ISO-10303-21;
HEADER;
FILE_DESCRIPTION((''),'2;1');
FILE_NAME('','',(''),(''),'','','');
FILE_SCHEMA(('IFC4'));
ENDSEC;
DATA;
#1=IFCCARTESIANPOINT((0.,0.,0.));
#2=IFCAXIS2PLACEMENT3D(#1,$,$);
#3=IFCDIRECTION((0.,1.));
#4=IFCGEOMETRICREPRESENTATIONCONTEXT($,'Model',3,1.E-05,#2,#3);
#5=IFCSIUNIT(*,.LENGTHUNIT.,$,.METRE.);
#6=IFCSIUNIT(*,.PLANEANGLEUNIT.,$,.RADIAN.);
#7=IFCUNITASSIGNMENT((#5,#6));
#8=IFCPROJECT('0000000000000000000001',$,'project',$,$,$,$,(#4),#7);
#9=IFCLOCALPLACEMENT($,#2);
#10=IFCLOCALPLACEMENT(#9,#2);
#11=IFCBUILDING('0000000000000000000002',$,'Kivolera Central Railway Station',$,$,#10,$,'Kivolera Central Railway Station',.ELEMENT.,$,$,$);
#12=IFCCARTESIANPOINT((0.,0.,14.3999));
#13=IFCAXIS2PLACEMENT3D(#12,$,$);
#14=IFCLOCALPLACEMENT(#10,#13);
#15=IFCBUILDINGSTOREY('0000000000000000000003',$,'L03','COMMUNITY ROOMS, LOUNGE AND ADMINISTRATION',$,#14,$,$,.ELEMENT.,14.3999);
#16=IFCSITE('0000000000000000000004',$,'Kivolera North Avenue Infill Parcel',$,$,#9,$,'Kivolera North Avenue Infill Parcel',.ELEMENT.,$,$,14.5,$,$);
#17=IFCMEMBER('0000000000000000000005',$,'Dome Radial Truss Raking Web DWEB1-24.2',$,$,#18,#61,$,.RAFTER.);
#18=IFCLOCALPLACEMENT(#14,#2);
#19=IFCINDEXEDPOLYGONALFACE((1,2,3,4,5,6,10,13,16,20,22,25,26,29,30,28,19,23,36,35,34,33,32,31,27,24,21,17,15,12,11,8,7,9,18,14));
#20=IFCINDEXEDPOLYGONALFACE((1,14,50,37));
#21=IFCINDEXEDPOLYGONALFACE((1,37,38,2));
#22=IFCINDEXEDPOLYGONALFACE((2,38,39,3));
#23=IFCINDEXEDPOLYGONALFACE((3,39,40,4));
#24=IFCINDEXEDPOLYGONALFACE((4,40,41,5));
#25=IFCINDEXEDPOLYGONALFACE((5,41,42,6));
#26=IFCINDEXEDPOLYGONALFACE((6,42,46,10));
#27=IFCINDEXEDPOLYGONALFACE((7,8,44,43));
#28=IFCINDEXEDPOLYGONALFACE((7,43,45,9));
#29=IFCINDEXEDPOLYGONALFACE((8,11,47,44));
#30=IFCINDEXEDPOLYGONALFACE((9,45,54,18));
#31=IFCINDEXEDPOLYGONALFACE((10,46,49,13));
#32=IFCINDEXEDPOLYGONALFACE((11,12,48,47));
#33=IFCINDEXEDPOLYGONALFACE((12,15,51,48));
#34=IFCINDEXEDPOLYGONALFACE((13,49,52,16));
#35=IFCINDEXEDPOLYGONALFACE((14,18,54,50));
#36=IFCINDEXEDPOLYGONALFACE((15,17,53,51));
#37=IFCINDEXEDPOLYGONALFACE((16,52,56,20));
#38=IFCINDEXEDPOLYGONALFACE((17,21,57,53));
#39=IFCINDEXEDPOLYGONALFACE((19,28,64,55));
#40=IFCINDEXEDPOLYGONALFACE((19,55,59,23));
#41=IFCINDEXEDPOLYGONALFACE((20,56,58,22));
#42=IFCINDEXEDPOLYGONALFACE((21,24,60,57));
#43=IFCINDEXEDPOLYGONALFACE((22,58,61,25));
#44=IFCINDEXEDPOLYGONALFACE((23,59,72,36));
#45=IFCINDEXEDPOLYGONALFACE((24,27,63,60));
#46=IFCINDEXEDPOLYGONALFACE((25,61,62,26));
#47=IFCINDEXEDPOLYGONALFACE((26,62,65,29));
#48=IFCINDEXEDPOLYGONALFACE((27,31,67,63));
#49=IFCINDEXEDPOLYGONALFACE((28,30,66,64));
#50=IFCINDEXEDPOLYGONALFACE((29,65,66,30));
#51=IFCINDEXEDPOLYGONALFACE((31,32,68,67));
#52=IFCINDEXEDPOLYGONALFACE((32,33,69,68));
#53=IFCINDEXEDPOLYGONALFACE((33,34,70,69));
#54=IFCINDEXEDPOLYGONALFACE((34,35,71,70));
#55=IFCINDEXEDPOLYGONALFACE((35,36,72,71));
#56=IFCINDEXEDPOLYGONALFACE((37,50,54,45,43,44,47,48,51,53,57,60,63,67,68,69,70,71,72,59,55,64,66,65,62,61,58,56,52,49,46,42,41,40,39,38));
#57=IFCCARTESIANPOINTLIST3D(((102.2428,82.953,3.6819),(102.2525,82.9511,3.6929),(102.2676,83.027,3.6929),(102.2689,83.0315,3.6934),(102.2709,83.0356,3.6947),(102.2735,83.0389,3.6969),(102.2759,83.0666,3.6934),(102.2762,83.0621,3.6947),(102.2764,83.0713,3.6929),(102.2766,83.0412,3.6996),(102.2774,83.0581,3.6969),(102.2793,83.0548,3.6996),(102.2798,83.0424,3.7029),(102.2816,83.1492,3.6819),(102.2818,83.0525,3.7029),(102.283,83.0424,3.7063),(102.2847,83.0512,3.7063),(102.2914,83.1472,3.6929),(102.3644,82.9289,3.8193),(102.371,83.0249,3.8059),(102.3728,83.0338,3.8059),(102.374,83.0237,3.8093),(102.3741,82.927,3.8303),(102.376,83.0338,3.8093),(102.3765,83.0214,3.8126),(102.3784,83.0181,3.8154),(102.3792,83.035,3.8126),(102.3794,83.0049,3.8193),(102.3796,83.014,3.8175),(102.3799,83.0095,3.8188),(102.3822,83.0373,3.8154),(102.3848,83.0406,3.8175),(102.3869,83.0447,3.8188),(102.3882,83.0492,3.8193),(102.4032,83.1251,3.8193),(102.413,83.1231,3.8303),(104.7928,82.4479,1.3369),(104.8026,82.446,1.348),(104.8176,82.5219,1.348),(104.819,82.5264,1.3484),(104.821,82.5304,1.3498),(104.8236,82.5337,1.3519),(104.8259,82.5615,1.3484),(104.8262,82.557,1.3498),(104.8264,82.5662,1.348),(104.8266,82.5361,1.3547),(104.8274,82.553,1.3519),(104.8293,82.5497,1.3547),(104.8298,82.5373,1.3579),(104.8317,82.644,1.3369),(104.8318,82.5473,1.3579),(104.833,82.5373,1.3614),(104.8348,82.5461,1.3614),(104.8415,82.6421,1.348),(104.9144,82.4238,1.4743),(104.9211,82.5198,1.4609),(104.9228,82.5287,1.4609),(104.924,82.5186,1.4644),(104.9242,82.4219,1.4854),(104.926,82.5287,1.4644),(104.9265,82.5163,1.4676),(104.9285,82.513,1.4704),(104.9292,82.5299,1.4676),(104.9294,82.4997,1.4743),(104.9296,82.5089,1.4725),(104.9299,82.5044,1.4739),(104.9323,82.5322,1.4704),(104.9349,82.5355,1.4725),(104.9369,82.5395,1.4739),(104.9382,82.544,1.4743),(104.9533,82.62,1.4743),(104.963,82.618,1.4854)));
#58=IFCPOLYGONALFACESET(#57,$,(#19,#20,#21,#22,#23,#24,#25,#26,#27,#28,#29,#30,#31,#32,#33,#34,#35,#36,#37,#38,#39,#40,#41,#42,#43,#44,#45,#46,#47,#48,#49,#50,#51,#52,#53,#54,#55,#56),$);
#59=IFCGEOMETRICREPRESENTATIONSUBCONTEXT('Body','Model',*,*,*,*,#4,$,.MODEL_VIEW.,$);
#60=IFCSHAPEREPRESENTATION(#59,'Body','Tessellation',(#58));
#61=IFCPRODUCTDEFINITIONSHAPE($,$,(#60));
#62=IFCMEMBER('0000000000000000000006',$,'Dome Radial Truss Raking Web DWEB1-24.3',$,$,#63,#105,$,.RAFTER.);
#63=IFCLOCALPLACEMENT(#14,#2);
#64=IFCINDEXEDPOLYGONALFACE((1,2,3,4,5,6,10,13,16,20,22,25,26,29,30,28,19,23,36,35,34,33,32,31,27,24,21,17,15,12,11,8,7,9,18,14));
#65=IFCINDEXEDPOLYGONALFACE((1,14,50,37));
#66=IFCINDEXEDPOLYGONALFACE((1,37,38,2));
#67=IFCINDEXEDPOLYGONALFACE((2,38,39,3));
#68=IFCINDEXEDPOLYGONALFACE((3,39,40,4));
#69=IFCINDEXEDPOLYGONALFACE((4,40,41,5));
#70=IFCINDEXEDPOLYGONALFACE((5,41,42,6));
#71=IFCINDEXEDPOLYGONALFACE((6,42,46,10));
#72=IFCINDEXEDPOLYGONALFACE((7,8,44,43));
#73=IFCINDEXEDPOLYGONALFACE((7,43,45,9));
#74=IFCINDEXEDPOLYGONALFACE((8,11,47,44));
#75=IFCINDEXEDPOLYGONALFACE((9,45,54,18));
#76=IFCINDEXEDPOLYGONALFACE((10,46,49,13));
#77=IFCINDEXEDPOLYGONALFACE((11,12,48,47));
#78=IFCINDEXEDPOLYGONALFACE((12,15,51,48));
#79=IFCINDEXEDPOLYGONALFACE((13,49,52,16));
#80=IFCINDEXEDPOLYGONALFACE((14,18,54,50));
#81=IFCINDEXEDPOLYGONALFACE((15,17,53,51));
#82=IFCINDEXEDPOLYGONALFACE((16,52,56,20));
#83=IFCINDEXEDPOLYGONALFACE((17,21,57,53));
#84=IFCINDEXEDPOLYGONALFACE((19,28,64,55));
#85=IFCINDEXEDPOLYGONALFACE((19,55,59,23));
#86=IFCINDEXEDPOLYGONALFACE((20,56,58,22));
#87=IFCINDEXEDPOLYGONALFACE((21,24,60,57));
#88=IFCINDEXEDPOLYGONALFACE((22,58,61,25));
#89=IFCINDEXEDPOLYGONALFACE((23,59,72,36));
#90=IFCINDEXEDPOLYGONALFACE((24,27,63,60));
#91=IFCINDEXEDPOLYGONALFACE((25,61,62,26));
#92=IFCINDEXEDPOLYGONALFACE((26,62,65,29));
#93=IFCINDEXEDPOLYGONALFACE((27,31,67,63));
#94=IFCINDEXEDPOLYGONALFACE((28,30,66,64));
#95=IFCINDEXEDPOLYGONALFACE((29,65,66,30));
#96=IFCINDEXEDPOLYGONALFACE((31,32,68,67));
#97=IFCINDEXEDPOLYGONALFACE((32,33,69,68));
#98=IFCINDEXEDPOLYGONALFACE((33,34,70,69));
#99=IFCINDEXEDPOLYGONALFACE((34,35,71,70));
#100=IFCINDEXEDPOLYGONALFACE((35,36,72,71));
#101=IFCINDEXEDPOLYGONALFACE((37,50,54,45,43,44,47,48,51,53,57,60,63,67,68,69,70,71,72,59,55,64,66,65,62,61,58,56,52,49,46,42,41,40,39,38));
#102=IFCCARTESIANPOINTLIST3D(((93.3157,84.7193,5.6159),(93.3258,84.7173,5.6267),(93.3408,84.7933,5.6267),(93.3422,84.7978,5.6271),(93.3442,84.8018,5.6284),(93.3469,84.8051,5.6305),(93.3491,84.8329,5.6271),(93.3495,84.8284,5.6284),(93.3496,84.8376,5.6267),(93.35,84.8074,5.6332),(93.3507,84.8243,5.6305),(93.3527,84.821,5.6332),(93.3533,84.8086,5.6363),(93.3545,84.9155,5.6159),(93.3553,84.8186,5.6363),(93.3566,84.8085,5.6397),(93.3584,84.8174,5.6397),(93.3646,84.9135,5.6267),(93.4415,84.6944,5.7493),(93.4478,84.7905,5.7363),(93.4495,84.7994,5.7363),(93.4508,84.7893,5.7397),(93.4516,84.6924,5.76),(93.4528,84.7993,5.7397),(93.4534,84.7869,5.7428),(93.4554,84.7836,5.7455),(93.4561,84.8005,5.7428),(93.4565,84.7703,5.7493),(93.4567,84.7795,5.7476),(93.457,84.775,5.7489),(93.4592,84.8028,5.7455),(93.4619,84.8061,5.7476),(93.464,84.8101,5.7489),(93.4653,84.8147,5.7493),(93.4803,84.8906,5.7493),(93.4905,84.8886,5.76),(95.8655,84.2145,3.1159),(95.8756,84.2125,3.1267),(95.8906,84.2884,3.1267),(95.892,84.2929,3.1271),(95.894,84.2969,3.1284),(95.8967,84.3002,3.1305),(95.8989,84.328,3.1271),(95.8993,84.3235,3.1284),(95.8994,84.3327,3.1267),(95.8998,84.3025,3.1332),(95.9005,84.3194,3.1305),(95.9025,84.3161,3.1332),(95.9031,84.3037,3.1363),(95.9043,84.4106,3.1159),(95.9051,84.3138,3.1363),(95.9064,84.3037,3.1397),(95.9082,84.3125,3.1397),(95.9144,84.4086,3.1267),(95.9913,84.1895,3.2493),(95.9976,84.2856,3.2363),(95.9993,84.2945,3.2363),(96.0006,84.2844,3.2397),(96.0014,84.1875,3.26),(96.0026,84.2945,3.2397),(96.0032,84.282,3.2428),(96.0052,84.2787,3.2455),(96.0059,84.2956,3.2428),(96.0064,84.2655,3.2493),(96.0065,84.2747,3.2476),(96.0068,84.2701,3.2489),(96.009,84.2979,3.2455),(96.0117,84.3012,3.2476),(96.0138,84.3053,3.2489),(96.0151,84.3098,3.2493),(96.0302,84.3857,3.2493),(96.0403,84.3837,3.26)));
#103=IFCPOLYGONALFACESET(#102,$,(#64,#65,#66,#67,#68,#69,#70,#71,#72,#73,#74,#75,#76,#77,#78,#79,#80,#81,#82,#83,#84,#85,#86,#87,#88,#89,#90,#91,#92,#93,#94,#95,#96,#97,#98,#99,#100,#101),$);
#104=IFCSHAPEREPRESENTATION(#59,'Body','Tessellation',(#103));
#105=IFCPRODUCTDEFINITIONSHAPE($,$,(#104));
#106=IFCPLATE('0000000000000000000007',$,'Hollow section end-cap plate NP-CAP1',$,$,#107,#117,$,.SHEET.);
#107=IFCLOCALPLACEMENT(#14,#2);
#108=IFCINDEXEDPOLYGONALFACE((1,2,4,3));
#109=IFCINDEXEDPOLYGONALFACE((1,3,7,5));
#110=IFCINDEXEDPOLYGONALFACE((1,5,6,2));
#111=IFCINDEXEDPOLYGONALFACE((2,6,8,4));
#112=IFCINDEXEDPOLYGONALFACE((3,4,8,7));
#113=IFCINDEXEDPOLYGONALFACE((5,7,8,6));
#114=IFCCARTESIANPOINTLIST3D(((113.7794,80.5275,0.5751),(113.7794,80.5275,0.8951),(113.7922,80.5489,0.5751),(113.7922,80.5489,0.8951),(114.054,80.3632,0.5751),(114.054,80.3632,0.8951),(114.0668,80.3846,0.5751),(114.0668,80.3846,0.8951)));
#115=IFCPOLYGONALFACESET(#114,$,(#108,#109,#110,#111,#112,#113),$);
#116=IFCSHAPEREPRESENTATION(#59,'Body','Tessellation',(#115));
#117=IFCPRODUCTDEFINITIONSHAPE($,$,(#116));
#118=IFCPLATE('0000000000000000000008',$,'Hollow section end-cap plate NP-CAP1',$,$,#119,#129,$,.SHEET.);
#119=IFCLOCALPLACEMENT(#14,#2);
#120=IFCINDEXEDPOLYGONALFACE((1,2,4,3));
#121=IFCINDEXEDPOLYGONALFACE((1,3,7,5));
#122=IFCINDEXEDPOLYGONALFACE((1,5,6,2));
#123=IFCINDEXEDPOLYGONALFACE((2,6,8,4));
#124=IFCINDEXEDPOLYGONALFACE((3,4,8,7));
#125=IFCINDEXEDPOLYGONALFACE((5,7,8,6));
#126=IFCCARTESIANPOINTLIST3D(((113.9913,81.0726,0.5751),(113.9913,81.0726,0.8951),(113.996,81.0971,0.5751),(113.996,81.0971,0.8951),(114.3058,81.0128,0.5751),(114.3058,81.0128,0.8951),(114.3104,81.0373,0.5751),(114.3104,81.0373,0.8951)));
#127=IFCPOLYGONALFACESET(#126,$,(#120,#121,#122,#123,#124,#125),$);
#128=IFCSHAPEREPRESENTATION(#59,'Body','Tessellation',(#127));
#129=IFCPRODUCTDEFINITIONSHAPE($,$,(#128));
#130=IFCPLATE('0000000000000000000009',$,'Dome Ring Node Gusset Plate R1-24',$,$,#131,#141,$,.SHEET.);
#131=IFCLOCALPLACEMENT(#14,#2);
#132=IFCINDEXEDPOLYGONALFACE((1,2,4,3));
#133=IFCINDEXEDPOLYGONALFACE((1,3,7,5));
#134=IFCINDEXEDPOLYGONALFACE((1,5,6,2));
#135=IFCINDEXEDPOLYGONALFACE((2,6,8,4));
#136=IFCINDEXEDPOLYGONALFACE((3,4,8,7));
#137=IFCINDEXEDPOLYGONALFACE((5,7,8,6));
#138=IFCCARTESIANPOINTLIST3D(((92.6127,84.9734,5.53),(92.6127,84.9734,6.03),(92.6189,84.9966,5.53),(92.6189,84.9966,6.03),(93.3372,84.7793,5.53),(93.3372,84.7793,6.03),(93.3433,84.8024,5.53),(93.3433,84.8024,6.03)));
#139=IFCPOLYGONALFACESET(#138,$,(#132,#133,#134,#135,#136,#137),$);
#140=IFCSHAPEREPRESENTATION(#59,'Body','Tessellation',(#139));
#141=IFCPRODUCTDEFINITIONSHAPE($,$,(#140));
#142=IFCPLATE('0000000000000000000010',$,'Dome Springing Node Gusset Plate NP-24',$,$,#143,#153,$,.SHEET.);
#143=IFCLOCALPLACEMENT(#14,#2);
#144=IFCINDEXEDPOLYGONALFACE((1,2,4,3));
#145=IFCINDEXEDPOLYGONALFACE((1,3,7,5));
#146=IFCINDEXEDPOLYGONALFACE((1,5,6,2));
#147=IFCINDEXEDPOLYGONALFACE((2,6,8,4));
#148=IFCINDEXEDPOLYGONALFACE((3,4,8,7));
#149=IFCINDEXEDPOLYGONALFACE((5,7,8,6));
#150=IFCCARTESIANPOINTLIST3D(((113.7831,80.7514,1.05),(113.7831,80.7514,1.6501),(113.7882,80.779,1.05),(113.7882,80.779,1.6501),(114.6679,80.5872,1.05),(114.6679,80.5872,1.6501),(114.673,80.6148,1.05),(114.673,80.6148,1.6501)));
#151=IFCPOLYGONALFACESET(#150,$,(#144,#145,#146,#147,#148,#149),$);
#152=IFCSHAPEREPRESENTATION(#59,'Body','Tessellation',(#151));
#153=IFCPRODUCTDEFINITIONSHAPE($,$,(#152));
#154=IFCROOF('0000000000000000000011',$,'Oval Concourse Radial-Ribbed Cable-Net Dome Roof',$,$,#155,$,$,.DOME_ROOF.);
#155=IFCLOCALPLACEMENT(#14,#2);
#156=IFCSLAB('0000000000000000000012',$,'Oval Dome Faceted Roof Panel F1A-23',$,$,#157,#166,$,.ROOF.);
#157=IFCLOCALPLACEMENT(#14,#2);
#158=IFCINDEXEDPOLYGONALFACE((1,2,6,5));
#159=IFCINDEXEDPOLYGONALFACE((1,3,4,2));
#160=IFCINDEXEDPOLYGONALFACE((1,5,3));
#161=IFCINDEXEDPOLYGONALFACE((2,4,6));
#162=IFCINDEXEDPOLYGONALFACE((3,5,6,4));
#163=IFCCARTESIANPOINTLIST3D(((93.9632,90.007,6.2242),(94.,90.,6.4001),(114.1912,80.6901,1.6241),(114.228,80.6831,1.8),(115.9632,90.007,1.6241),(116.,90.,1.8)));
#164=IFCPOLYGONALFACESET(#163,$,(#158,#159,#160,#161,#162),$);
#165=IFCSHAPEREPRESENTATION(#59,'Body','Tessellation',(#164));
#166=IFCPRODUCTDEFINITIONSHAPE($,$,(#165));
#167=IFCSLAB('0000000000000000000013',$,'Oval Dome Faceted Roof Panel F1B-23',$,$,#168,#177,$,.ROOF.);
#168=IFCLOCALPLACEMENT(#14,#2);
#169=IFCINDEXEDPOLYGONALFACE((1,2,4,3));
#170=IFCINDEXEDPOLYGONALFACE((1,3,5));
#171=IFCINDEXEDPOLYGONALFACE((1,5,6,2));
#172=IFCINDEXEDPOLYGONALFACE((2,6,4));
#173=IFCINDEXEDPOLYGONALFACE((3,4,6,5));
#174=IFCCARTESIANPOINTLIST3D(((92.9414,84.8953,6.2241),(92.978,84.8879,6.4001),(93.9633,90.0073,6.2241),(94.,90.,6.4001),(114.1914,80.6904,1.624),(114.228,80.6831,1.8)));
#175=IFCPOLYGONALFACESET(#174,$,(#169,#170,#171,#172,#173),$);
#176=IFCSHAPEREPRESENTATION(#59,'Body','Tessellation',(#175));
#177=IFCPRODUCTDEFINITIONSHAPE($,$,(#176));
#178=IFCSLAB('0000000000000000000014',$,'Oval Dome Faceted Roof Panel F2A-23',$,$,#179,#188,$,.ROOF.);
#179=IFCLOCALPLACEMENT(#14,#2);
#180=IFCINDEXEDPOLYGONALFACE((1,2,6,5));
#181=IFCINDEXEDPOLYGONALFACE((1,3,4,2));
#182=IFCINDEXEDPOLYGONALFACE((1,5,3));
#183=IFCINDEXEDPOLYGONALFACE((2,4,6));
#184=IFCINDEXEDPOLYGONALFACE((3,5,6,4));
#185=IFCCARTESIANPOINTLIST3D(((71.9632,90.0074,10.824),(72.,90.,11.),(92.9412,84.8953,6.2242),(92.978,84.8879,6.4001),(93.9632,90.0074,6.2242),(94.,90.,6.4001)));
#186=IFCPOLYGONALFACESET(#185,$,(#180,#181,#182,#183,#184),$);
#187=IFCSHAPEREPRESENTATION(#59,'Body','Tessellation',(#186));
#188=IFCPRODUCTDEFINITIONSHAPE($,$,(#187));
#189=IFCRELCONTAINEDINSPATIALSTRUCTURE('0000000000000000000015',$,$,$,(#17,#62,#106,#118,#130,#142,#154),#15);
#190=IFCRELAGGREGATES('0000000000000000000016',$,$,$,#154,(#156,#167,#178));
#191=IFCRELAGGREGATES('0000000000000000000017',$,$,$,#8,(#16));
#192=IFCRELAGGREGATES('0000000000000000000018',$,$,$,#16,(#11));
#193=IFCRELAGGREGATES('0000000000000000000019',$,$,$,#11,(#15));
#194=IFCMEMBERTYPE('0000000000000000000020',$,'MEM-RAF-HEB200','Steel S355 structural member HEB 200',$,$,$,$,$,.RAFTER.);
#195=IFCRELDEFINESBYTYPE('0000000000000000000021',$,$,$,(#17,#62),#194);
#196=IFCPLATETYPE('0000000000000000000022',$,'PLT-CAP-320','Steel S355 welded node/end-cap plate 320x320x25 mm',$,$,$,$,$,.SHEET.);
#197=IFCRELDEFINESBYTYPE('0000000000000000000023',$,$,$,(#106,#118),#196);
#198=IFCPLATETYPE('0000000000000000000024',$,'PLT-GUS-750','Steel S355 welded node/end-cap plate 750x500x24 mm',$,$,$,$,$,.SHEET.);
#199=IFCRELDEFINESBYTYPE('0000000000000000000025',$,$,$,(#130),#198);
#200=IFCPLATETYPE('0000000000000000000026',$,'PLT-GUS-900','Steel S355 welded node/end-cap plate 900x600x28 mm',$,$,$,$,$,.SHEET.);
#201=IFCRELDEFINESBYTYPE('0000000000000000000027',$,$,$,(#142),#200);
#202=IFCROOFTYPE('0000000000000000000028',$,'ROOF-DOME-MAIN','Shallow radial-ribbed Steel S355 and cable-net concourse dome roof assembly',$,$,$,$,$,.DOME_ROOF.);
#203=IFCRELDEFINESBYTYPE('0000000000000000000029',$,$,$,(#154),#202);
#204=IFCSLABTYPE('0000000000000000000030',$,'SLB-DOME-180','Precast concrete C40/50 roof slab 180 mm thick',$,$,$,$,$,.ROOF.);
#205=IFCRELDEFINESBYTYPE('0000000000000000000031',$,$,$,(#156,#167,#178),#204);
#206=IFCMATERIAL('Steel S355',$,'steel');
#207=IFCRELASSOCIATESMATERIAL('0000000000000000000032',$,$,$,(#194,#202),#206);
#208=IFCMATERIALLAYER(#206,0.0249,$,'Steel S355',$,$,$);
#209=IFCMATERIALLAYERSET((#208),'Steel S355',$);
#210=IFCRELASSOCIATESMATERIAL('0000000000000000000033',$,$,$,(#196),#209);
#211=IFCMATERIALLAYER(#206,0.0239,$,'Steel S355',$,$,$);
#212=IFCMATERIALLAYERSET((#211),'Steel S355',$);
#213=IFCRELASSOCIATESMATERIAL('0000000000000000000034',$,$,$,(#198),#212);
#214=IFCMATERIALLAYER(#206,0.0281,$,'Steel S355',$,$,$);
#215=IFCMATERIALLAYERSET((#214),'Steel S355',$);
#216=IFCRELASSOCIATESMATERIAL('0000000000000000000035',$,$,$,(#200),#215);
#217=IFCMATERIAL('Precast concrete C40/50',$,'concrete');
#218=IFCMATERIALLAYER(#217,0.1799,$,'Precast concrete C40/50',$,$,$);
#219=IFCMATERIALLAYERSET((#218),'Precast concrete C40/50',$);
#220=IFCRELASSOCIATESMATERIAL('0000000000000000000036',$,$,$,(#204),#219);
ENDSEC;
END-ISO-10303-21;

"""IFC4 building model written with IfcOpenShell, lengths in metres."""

from ifc_helpers import new_model, si_unit, direction, frame, origin, origin_2d, place, context, subcontext, project, spatial, polyline, rectangle, i_section, outline, extrude, material, layer, layer_set, material_profile, profile_set, type_object, element, aggregate, save


model = new_model("IFC4")

# Units and contexts
model_context = context("Model", 3, precision=1e-05, world=origin(), true_north=direction((0.0, 1.0)))
body_context = subcontext(model_context, "Body", "Model", "MODEL_VIEW")
ifc_project = project(units=[si_unit("LENGTHUNIT", "METRE"), si_unit("PLANEANGLEUNIT", "RADIAN")], contexts=[model_context])

# Site, building, storey
site_placement = place(None, origin())
site = spatial("IfcSite", under=ifc_project, at=site_placement, Name="Kivolera North Avenue Infill Parcel", LongName="Kivolera North Avenue Infill Parcel", CompositionType="ELEMENT", RefElevation=14.5)
building_placement = place(site_placement, origin())
building = spatial("IfcBuilding", under=site, at=building_placement, Name="Kivolera Central Railway Station", LongName="Kivolera Central Railway Station", CompositionType="ELEMENT")
storey_placement = place(building_placement, frame((0.0, 0.0, 14.3999)))
storey = spatial("IfcBuildingStorey", under=building, at=storey_placement, Name="L03", Description="COMMUNITY ROOMS, LOUNGE AND ADMINISTRATION", CompositionType="ELEMENT", Elevation=14.3999)

# Shared definitions
ifc_material_1 = material(Name="Steel S355", Category="steel")

# Members
ifc_material_profile_1 = material_profile(ifc_material_1, i_section(OverallWidth=0.2, OverallDepth=0.2, WebThickness=0.009, FlangeThickness=0.0149, FilletRadius=0.0181, at=origin_2d()), Name="HEB 200")
ifc_profile_set_1 = profile_set([ifc_material_profile_1], Name="Steel S355")
member_type_1 = type_object("IfcMemberType", Name="MEM-RAF-HEB200", Description="Steel S355 structural member HEB 200", PredefinedType="RAFTER", material=ifc_profile_set_1)
member_1_placement = place(storey_placement, frame((104.8779, 82.533, 1.4111), z_axis=(-0.728384, 0.144282, 0.669806), x_axis=(-0.19431, -0.98094, 0.0)))
element("IfcMember", 1, at=member_1_placement, inside=storey, type_object=member_type_1, Name="Dome Radial Truss Raking Web DWEB1-24.2", PredefinedType="RAFTER", context=body_context, shape_type="SweptSolid", body=[
    extrude(i_section(OverallWidth=0.2, OverallDepth=0.2, WebThickness=0.009, FlangeThickness=0.0149, FilletRadius=0.0181, at=origin_2d()), origin(), (0.0, 0.0, 1.0), 3.501),
])
member_2_placement = place(storey_placement, frame((95.9529, 84.2991, 3.188), z_axis=(-0.707014, 0.139995, 0.693204), x_axis=(-0.194237, -0.980955, 0.0)))
element("IfcMember", 2, at=member_2_placement, inside=storey, type_object=member_type_1, Name="Dome Radial Truss Raking Web DWEB1-24.3", PredefinedType="RAFTER", context=body_context, shape_type="SweptSolid", body=[
    extrude(i_section(OverallWidth=0.2, OverallDepth=0.2, WebThickness=0.009, FlangeThickness=0.0149, FilletRadius=0.0181, at=origin_2d()), origin(), (0.0, 0.0, 1.0), 3.6064),
])

# Plates
ifc_layer_1 = layer(ifc_material_1, 0.0249, Name="Steel S355")
ifc_layer_set_1 = layer_set([ifc_layer_1], Name="Steel S355")
plate_type_1 = type_object("IfcPlateType", Name="PLT-CAP-320", Description="Steel S355 welded node/end-cap plate 320x320x25 mm", PredefinedType="SHEET", material=ifc_layer_set_1)
for number, where, z_axis, x_axis, name in (
    (3, (113.9231, 80.4561, 0.7351), (0.51337, 0.858167, 0.0), (-0.858167, 0.51337, 0.0), "Hollow section end-cap plate NP-CAP1"),
    (4, (114.1509, 81.0549, 0.7351), (0.186814, 0.982395, 0.0), (-0.982395, 0.186814, 0.0), "Hollow section end-cap plate NP-CAP1"),
):
    element("IfcPlate", number, at=place(storey_placement, frame(where, z_axis=z_axis, x_axis=x_axis)), inside=storey, type_object=plate_type_1, Name=name, PredefinedType="SHEET", context=body_context, shape_type="SweptSolid", body=[
        extrude(rectangle(XDim=0.3201, YDim=0.3201, at=origin_2d()), frame((0.0, 0.0, -0.0125)), (0.0, 0.0, 1.0), 0.0249),
    ])
ifc_layer_2 = layer(ifc_material_1, 0.0239, Name="Steel S355")
ifc_layer_set_2 = layer_set([ifc_layer_2], Name="Steel S355")
plate_type_2 = type_object("IfcPlateType", Name="PLT-GUS-750", Description="Steel S355 welded node/end-cap plate 750x500x24 mm", PredefinedType="SHEET", material=ifc_layer_set_2)
plate_1_placement = place(storey_placement, frame((92.978, 84.8879, 5.53), z_axis=(0.0, 0.0, 1.0), x_axis=(0.965926, -0.258819, 0.0)))
element("IfcPlate", 5, at=plate_1_placement, inside=storey, type_object=plate_type_2, Name="Dome Ring Node Gusset Plate R1-24", PredefinedType="SHEET", context=body_context, shape_type="SweptSolid", body=[
    extrude(rectangle(XDim=0.75, YDim=0.0239, at=origin_2d()), origin(), (0.0, 0.0, 1.0), 0.5),
])
ifc_layer_3 = layer(ifc_material_1, 0.0281, Name="Steel S355")
ifc_layer_set_3 = layer_set([ifc_layer_3], Name="Steel S355")
plate_type_3 = type_object("IfcPlateType", Name="PLT-GUS-900", Description="Steel S355 welded node/end-cap plate 900x600x28 mm", PredefinedType="SHEET", material=ifc_layer_set_3)
plate_2_placement = place(storey_placement, frame((114.228, 80.6831, 1.05), z_axis=(0.0, 0.0, 1.0), x_axis=(0.983226, -0.18239, 0.0)))
element("IfcPlate", 6, at=plate_2_placement, inside=storey, type_object=plate_type_3, Name="Dome Springing Node Gusset Plate NP-24", PredefinedType="SHEET", context=body_context, shape_type="SweptSolid", body=[
    extrude(rectangle(XDim=0.8999, YDim=0.0281, at=origin_2d()), origin(), (0.0, 0.0, 1.0), 0.6001),
])

# Roof, slabs
roof_type = type_object("IfcRoofType", Name="ROOF-DOME-MAIN", Description="Shallow radial-ribbed Steel S355 and cable-net concourse dome roof assembly", PredefinedType="DOME_ROOF", material=ifc_material_1)
roof_placement = place(storey_placement, origin())
roof = element("IfcRoof", 7, at=roof_placement, inside=storey, type_object=roof_type, Name="Oval Concourse Radial-Ribbed Cable-Net Dome Roof", PredefinedType="DOME_ROOF")
ifc_material_2 = material(Name="Precast concrete C40/50", Category="concrete")
ifc_layer_4 = layer(ifc_material_2, 0.1799, Name="Precast concrete C40/50")
ifc_layer_set_4 = layer_set([ifc_layer_4], Name="Precast concrete C40/50")
slab_type = type_object("IfcSlabType", Name="SLB-DOME-180", Description="Precast concrete C40/50 roof slab 180 mm thick", PredefinedType="ROOF", material=ifc_layer_set_4)
slab_1_placement = place(storey_placement, frame((114.228, 80.6831, 1.8), z_axis=(0.204514, -0.038896, 0.97809), x_axis=(0.18684, 0.98239, 0.0)))
slab_1 = element("IfcSlab", 8, at=slab_1_placement, type_object=slab_type, Name="Oval Dome Faceted Roof Panel F1A-23", PredefinedType="ROOF", context=body_context, shape_type="SweptSolid", body=[
    extrude(outline(polyline([(0.0, 0.0), (9.4839, 0.0), (5.3734, 22.0967), (0.0, 0.0)])), origin(), (0.0, 0.0, -1.0), 0.1799),
])
slab_2_placement = place(storey_placement, frame((114.228, 80.6831, 1.8), z_axis=(0.203695, -0.040722, 0.978187), x_axis=(-0.889508, 0.409702, 0.202285)))
slab_2 = element("IfcSlab", 9, at=slab_2_placement, type_object=slab_type, Name="Oval Dome Faceted Roof Panel F1B-23", PredefinedType="ROOF", context=body_context, shape_type="SweptSolid", body=[
    extrude(outline(polyline([(0.0, 0.0), (22.7407, 0.0), (21.5553, 5.0767), (0.0, 0.0)])), origin(), (0.0, 0.0, -1.0), 0.1799),
])
slab_3_placement = place(storey_placement, frame((92.978, 84.8879, 6.4001), z_axis=(0.204488, -0.04088, 0.978015), x_axis=(0.196035, 0.980597, 0.0)))
slab_3 = element("IfcSlab", 10, at=slab_3_placement, type_object=slab_type, Name="Oval Dome Faceted Roof Panel F2A-23", PredefinedType="ROOF", context=body_context, shape_type="SweptSolid", body=[
    extrude(outline(polyline([(0.0, 0.0), (5.2132, 0.0), (0.9004, 22.0581), (0.0, 0.0)])), origin(), (0.0, 0.0, -1.0), 0.1799),
])
aggregate(roof, [slab_1, slab_2, slab_3])

save(model, "model.ifc")
